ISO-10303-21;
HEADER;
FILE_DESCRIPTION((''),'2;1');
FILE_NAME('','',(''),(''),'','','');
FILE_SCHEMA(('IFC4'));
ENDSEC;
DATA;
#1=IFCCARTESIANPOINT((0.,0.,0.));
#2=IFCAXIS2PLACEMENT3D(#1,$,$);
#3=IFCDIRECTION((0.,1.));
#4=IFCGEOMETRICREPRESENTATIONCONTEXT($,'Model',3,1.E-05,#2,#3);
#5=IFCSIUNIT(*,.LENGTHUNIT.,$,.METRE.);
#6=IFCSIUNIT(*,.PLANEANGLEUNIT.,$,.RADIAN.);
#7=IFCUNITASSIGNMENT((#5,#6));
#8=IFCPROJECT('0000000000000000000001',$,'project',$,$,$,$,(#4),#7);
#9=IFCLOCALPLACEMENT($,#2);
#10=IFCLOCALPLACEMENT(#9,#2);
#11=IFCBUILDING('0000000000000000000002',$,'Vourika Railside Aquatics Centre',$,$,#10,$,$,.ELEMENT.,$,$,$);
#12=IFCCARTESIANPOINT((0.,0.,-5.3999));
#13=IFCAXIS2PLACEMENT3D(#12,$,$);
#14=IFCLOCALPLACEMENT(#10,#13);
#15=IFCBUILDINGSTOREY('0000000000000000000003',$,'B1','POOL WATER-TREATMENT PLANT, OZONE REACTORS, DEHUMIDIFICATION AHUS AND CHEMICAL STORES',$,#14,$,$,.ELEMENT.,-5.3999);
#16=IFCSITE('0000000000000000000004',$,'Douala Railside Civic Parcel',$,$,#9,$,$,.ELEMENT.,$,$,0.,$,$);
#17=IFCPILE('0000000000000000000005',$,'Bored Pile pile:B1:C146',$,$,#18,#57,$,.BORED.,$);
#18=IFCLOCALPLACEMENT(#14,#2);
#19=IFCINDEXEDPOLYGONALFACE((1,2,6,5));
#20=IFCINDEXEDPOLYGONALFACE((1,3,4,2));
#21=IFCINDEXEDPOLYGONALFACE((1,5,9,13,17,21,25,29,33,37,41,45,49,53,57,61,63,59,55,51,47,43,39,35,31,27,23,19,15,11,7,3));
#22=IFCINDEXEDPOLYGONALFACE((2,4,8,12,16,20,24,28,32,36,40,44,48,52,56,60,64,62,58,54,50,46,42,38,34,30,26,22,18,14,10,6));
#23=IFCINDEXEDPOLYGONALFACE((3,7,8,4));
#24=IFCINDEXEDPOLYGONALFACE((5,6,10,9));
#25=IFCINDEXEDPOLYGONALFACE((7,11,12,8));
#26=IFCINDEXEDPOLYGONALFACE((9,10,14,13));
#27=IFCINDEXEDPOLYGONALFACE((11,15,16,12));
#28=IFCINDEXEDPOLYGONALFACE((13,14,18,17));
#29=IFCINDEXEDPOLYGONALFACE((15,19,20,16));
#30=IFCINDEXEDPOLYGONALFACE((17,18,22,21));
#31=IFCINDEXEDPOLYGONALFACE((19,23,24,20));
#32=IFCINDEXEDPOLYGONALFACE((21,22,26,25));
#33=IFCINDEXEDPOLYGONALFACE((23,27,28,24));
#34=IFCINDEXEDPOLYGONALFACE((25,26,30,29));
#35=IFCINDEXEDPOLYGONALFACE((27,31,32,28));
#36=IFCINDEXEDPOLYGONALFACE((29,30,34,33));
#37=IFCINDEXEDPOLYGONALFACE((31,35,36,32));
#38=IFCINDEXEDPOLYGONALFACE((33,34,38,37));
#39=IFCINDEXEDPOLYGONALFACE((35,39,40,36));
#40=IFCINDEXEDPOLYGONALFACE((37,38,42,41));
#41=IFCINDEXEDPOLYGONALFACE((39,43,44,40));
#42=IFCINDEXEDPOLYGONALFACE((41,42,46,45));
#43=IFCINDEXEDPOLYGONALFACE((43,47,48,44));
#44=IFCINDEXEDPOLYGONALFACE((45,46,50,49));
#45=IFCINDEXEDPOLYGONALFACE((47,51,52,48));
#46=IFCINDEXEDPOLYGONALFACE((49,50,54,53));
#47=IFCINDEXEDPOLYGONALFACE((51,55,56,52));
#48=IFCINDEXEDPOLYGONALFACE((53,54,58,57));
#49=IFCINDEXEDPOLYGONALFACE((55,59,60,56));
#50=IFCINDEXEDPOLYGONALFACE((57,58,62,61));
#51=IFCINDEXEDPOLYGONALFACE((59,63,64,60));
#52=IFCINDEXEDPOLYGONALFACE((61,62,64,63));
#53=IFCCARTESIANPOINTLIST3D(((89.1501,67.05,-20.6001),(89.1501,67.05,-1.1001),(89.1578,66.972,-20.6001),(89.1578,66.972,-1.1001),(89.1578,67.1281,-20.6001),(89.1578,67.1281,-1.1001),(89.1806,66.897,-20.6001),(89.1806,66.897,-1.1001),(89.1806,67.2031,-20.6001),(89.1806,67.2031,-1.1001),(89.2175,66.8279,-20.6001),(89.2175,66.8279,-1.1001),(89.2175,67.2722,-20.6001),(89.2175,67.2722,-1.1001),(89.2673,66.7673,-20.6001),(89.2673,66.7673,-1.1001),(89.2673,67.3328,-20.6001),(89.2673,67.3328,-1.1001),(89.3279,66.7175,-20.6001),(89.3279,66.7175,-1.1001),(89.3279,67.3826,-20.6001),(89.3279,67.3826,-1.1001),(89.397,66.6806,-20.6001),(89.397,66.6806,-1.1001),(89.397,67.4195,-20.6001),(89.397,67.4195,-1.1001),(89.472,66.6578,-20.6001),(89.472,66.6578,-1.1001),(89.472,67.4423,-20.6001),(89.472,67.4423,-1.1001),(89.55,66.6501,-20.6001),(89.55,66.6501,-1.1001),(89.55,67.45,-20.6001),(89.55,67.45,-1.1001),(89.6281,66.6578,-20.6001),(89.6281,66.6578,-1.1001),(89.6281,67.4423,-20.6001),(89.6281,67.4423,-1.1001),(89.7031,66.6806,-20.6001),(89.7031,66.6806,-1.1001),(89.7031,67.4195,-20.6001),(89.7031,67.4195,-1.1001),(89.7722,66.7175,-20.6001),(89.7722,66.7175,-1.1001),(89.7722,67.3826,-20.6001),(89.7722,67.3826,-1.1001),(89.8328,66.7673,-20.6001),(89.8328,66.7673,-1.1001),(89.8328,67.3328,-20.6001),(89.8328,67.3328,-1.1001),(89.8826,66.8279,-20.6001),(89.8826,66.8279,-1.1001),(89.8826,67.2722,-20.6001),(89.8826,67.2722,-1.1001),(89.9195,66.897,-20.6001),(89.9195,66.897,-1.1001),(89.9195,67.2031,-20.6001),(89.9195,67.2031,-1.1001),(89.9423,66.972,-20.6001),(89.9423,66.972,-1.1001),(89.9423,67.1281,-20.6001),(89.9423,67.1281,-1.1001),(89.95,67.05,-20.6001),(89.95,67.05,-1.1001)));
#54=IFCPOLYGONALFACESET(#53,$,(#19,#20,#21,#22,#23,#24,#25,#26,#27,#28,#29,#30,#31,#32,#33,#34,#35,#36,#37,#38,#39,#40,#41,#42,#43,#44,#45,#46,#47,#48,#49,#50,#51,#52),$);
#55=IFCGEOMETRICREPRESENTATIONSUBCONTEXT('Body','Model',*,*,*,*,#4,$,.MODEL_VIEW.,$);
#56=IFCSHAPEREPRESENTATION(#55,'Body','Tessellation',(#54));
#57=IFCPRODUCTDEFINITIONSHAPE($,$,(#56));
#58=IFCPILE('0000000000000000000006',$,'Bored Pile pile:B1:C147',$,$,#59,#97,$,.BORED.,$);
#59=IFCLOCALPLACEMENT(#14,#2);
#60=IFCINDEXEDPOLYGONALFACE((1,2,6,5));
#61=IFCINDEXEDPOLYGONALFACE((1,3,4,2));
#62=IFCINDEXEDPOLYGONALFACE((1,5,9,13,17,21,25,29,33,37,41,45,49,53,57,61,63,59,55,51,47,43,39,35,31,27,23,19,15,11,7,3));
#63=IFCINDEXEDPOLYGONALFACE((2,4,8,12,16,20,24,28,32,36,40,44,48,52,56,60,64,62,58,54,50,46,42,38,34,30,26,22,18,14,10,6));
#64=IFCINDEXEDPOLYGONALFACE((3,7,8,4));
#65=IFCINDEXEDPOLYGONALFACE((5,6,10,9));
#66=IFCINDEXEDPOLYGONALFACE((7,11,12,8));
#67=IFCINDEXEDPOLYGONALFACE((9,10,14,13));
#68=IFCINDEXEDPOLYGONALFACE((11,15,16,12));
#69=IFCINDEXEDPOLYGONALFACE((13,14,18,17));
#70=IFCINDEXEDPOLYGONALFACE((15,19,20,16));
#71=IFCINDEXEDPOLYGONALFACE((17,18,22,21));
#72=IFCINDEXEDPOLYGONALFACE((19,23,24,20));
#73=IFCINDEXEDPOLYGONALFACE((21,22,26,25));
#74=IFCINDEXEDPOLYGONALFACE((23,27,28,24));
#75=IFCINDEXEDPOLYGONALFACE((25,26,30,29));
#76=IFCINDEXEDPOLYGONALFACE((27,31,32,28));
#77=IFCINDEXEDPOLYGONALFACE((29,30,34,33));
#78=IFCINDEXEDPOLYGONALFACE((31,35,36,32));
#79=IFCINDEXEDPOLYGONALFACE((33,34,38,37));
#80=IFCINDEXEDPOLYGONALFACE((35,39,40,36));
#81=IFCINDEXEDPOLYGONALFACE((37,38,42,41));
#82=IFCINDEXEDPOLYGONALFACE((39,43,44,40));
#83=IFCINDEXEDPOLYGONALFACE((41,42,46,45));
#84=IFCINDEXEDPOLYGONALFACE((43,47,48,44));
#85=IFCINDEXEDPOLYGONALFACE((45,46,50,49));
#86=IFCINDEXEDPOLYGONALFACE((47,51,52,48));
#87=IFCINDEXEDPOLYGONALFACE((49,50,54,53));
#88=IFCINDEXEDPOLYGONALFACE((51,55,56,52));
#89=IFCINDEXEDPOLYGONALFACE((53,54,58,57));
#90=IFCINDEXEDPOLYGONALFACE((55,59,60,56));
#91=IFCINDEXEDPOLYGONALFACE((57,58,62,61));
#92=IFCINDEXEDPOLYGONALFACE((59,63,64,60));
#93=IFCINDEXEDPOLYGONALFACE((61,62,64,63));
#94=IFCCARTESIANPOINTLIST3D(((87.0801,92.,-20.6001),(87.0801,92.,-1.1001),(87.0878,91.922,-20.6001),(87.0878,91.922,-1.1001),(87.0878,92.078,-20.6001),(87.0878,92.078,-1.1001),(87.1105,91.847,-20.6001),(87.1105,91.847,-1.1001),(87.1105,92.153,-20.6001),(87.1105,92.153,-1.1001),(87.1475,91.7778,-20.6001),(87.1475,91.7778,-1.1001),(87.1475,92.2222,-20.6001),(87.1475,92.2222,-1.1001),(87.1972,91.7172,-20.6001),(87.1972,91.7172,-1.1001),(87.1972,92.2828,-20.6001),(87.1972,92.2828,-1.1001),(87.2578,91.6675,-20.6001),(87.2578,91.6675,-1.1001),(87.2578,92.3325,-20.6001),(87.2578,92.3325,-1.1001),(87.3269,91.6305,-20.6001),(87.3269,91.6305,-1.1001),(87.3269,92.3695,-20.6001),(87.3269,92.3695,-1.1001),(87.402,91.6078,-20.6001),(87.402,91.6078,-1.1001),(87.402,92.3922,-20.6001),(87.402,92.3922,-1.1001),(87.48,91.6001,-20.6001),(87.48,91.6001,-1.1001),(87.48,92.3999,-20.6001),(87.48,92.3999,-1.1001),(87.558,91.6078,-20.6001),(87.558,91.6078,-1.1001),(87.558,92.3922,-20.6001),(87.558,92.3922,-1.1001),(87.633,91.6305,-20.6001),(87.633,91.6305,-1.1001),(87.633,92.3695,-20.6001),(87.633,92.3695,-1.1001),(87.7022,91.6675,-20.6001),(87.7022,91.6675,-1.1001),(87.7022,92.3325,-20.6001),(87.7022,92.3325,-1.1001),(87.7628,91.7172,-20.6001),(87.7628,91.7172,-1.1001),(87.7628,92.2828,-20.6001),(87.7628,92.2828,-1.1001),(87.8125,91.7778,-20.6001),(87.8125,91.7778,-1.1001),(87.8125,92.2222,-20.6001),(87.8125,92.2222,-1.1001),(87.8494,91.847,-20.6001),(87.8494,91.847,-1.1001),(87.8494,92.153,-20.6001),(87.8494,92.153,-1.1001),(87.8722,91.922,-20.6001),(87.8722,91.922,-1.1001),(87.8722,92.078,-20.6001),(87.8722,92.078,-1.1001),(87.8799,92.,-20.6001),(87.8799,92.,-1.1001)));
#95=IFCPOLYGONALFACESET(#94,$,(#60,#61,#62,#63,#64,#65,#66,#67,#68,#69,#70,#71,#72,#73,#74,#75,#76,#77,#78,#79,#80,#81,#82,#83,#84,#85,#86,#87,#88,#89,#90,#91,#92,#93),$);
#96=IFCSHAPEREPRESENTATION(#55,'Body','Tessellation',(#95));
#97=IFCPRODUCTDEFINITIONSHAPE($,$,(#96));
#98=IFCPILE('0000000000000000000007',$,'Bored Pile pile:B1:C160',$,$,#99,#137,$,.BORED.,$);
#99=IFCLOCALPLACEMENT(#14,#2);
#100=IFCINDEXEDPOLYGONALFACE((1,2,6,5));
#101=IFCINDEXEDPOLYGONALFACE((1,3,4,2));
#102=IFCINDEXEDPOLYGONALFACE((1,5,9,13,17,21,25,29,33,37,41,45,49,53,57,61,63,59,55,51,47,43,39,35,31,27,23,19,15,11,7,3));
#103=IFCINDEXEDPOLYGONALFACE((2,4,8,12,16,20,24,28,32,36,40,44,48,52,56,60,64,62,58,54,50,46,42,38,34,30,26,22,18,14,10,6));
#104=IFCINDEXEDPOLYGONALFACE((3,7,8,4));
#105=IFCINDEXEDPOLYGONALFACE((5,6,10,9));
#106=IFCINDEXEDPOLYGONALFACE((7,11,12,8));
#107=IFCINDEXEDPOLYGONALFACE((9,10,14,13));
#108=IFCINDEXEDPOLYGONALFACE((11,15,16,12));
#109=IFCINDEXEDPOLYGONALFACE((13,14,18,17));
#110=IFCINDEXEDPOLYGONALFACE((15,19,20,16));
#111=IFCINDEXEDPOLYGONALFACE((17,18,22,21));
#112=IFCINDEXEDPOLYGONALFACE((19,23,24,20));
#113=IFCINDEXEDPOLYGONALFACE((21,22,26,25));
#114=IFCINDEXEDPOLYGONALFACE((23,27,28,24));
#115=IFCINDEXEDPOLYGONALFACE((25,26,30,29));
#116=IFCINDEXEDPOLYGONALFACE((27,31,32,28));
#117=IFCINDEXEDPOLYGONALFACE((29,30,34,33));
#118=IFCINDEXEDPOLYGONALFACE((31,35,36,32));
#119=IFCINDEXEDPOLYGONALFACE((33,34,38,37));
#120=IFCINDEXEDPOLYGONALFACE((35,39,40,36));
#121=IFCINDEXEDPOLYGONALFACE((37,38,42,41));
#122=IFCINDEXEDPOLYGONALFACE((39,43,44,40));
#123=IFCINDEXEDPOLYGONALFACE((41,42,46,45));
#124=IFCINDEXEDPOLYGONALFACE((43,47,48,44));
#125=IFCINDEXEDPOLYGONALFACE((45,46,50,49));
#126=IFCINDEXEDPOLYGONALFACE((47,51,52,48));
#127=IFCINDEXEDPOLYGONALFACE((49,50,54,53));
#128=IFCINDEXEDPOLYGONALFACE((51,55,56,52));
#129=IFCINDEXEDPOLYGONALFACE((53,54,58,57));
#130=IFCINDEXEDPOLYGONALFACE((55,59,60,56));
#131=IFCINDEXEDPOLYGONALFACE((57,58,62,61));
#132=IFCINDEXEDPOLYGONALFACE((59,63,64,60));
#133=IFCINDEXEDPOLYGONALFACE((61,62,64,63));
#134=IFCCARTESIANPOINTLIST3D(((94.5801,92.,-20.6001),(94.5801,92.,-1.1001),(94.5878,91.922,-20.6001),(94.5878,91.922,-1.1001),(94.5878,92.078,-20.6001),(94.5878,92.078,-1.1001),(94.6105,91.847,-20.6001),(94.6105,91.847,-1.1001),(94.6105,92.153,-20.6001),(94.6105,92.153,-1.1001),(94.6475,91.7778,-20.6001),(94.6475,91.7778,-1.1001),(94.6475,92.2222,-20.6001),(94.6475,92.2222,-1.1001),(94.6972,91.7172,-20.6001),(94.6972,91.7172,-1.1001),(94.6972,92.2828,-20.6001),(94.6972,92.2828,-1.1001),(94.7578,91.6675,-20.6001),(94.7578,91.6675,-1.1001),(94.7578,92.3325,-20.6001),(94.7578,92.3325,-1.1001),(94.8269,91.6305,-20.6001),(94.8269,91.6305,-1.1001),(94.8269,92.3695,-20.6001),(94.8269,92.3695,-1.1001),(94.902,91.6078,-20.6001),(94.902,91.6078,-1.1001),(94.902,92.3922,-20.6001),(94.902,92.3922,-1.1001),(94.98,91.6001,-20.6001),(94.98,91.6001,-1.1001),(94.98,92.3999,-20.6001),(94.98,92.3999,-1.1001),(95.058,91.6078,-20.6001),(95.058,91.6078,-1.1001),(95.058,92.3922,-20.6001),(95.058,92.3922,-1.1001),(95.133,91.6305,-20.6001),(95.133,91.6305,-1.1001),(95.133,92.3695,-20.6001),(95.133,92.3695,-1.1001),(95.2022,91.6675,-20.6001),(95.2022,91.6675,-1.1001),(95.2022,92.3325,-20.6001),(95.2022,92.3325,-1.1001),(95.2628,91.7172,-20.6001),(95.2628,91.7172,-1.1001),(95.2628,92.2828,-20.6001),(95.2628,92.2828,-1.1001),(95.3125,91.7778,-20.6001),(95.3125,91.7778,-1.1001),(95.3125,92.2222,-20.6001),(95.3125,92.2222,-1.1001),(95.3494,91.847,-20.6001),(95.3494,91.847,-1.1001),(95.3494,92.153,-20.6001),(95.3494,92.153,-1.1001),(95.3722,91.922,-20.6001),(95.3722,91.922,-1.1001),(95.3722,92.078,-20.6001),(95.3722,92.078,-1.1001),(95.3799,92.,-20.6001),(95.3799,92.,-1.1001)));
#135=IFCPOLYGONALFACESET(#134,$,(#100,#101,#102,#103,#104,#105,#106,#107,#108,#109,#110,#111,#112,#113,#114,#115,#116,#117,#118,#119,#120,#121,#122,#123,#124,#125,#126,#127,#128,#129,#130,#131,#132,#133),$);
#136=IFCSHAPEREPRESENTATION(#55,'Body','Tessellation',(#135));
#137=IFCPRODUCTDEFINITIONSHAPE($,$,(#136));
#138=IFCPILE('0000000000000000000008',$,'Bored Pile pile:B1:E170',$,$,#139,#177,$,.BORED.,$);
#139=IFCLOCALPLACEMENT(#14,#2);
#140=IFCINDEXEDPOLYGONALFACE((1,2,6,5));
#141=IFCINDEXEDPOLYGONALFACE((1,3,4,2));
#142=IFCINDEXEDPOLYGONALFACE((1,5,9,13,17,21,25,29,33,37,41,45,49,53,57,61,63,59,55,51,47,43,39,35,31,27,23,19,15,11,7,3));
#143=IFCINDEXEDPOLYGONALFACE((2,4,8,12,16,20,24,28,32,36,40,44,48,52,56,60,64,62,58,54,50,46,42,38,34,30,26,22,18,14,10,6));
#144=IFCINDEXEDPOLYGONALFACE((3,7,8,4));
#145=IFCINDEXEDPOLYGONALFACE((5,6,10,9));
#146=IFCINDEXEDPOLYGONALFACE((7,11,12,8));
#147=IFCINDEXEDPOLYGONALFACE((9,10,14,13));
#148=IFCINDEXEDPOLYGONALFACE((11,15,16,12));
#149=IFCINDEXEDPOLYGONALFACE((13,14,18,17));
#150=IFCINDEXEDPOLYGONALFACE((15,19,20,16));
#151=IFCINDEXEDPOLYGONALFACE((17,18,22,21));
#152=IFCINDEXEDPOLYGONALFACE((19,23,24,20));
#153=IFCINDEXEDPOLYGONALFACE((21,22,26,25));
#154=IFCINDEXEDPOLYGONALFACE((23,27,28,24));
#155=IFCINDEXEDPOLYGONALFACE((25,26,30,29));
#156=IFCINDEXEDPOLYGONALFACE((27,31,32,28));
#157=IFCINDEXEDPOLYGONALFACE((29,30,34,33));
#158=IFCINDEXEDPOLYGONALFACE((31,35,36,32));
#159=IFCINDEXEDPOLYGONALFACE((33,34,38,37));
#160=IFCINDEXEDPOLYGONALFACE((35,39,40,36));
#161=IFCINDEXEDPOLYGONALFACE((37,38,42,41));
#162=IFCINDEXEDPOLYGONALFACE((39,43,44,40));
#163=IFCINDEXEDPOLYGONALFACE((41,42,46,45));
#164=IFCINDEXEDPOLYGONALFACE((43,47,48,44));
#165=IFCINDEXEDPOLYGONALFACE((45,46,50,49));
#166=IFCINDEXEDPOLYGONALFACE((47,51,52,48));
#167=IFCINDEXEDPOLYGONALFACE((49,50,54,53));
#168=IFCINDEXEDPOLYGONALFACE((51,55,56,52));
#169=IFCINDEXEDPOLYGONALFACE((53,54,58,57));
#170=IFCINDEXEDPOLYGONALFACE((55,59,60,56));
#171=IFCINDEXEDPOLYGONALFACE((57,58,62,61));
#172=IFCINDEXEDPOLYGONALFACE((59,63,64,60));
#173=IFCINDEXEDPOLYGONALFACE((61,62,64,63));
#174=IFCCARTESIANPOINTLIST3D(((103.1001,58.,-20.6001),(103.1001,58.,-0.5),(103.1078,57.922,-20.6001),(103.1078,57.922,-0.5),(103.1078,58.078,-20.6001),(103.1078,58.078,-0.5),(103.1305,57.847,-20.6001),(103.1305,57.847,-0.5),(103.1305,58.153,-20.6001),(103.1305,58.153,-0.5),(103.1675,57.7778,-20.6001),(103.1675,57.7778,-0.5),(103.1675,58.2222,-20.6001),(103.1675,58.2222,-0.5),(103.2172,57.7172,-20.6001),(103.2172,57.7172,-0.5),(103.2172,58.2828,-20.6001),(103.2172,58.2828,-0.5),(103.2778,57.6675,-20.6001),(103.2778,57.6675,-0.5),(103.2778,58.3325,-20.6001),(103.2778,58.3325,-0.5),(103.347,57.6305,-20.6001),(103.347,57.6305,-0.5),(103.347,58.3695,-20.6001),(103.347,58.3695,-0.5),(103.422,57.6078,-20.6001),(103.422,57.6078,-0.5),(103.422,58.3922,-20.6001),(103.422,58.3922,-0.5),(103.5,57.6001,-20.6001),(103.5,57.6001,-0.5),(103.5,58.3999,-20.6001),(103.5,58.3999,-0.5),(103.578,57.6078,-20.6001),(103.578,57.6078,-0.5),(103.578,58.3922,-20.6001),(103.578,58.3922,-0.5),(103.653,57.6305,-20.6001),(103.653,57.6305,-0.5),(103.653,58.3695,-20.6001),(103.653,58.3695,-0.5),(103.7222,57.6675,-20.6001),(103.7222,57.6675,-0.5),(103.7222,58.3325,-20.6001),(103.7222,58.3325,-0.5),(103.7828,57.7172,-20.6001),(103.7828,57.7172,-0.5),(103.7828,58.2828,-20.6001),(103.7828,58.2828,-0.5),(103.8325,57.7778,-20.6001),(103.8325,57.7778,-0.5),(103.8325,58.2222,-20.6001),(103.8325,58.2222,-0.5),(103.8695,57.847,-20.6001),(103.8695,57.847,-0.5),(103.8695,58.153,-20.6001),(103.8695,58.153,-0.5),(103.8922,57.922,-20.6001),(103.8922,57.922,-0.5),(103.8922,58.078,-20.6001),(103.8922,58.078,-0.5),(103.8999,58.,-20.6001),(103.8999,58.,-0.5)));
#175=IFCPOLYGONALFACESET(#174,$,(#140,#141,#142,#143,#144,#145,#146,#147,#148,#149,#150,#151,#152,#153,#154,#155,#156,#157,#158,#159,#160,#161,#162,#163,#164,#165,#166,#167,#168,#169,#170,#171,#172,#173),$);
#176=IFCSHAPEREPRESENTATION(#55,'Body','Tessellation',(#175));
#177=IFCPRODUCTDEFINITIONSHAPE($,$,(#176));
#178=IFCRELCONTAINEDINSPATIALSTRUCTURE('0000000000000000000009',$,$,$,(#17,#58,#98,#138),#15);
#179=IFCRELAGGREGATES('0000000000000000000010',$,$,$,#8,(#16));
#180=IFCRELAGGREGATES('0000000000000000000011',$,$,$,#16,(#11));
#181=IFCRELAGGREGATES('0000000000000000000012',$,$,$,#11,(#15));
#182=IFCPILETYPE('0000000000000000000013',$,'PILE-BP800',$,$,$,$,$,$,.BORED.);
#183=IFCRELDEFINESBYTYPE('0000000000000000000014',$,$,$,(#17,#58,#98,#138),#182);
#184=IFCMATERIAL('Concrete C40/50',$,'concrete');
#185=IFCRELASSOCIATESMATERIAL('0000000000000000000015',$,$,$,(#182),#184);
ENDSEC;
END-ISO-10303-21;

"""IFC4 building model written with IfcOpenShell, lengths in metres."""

from ifc_helpers import new_model, si_unit, direction, frame, origin, origin_2d, place, context, subcontext, project, spatial, circle, extrude, material, material_profile, profile_set, type_object, element, save


model = new_model("IFC4")

# Units and contexts
model_context = context("Model", 3, precision=1e-05, world=origin(), true_north=direction((0.0, 1.0)))
body_context = subcontext(model_context, "Body", "Model", "MODEL_VIEW")
ifc_project = project(units=[si_unit("LENGTHUNIT", "METRE"), si_unit("PLANEANGLEUNIT", "RADIAN")], contexts=[model_context])

# Site, building, storey
site_placement = place(None, origin())
site = spatial("IfcSite", under=ifc_project, at=site_placement, Name="Douala Railside Civic Parcel", CompositionType="ELEMENT", RefElevation=0.0)
building_placement = place(site_placement, origin())
building = spatial("IfcBuilding", under=site, at=building_placement, Name="Vourika Railside Aquatics Centre", CompositionType="ELEMENT")
storey_placement = place(building_placement, frame((0.0, 0.0, -5.3999)))
storey = spatial("IfcBuildingStorey", under=building, at=storey_placement, Name="B1", Description="POOL WATER-TREATMENT PLANT, OZONE REACTORS, DEHUMIDIFICATION AHUS AND CHEMICAL STORES", CompositionType="ELEMENT", Elevation=-5.3999)

# Shared definitions
ifc_material = material(Name="Concrete C40/50", Category="concrete")

# Piles
ifc_material_profile_1 = material_profile(ifc_material, circle(Radius=0.3999, at=origin_2d()), Name="BP 800")
ifc_profile_set_1 = profile_set([ifc_material_profile_1], Name="Concrete C40/50")
pile_type_1 = type_object("IfcPileType", Name="PILE-BP800", PredefinedType="BORED", material=ifc_profile_set_1)
for number, where, z_axis, x_axis, name in (
    (1, (89.55, 67.05, -1.1001), (0.0, 0.0, -1.0), (1.0, 0.0, 0.0), "Bored Pile pile:B1:C146"),
    (2, (87.48, 92.0, -1.1001), (0.0, 0.0, -1.0), (1.0, 0.0, 0.0), "Bored Pile pile:B1:C147"),
    (3, (94.98, 92.0, -1.1001), (0.0, 0.0, -1.0), (1.0, 0.0, 0.0), "Bored Pile pile:B1:C160"),
):
    element("IfcPile", number, at=place(storey_placement, frame(where, z_axis=z_axis, x_axis=x_axis)), inside=storey, type_object=pile_type_1, Name=name, PredefinedType="BORED", context=body_context, shape_type="SweptSolid", body=[
        extrude(circle(Radius=0.3999, at=origin_2d()), origin(), (0.0, 0.0, 1.0), 19.5),
    ])
pile_placement = place(storey_placement, frame((103.5, 58.0, -0.5), z_axis=(0.0, 0.0, -1.0), x_axis=(1.0, 0.0, 0.0)))
element("IfcPile", 4, at=pile_placement, inside=storey, type_object=pile_type_1, Name="Bored Pile pile:B1:E170", PredefinedType="BORED", context=body_context, shape_type="SweptSolid", body=[
    extrude(circle(Radius=0.3999, at=origin_2d()), origin(), (0.0, 0.0, 1.0), 20.1001),
])

save(model, "model.ifc")
